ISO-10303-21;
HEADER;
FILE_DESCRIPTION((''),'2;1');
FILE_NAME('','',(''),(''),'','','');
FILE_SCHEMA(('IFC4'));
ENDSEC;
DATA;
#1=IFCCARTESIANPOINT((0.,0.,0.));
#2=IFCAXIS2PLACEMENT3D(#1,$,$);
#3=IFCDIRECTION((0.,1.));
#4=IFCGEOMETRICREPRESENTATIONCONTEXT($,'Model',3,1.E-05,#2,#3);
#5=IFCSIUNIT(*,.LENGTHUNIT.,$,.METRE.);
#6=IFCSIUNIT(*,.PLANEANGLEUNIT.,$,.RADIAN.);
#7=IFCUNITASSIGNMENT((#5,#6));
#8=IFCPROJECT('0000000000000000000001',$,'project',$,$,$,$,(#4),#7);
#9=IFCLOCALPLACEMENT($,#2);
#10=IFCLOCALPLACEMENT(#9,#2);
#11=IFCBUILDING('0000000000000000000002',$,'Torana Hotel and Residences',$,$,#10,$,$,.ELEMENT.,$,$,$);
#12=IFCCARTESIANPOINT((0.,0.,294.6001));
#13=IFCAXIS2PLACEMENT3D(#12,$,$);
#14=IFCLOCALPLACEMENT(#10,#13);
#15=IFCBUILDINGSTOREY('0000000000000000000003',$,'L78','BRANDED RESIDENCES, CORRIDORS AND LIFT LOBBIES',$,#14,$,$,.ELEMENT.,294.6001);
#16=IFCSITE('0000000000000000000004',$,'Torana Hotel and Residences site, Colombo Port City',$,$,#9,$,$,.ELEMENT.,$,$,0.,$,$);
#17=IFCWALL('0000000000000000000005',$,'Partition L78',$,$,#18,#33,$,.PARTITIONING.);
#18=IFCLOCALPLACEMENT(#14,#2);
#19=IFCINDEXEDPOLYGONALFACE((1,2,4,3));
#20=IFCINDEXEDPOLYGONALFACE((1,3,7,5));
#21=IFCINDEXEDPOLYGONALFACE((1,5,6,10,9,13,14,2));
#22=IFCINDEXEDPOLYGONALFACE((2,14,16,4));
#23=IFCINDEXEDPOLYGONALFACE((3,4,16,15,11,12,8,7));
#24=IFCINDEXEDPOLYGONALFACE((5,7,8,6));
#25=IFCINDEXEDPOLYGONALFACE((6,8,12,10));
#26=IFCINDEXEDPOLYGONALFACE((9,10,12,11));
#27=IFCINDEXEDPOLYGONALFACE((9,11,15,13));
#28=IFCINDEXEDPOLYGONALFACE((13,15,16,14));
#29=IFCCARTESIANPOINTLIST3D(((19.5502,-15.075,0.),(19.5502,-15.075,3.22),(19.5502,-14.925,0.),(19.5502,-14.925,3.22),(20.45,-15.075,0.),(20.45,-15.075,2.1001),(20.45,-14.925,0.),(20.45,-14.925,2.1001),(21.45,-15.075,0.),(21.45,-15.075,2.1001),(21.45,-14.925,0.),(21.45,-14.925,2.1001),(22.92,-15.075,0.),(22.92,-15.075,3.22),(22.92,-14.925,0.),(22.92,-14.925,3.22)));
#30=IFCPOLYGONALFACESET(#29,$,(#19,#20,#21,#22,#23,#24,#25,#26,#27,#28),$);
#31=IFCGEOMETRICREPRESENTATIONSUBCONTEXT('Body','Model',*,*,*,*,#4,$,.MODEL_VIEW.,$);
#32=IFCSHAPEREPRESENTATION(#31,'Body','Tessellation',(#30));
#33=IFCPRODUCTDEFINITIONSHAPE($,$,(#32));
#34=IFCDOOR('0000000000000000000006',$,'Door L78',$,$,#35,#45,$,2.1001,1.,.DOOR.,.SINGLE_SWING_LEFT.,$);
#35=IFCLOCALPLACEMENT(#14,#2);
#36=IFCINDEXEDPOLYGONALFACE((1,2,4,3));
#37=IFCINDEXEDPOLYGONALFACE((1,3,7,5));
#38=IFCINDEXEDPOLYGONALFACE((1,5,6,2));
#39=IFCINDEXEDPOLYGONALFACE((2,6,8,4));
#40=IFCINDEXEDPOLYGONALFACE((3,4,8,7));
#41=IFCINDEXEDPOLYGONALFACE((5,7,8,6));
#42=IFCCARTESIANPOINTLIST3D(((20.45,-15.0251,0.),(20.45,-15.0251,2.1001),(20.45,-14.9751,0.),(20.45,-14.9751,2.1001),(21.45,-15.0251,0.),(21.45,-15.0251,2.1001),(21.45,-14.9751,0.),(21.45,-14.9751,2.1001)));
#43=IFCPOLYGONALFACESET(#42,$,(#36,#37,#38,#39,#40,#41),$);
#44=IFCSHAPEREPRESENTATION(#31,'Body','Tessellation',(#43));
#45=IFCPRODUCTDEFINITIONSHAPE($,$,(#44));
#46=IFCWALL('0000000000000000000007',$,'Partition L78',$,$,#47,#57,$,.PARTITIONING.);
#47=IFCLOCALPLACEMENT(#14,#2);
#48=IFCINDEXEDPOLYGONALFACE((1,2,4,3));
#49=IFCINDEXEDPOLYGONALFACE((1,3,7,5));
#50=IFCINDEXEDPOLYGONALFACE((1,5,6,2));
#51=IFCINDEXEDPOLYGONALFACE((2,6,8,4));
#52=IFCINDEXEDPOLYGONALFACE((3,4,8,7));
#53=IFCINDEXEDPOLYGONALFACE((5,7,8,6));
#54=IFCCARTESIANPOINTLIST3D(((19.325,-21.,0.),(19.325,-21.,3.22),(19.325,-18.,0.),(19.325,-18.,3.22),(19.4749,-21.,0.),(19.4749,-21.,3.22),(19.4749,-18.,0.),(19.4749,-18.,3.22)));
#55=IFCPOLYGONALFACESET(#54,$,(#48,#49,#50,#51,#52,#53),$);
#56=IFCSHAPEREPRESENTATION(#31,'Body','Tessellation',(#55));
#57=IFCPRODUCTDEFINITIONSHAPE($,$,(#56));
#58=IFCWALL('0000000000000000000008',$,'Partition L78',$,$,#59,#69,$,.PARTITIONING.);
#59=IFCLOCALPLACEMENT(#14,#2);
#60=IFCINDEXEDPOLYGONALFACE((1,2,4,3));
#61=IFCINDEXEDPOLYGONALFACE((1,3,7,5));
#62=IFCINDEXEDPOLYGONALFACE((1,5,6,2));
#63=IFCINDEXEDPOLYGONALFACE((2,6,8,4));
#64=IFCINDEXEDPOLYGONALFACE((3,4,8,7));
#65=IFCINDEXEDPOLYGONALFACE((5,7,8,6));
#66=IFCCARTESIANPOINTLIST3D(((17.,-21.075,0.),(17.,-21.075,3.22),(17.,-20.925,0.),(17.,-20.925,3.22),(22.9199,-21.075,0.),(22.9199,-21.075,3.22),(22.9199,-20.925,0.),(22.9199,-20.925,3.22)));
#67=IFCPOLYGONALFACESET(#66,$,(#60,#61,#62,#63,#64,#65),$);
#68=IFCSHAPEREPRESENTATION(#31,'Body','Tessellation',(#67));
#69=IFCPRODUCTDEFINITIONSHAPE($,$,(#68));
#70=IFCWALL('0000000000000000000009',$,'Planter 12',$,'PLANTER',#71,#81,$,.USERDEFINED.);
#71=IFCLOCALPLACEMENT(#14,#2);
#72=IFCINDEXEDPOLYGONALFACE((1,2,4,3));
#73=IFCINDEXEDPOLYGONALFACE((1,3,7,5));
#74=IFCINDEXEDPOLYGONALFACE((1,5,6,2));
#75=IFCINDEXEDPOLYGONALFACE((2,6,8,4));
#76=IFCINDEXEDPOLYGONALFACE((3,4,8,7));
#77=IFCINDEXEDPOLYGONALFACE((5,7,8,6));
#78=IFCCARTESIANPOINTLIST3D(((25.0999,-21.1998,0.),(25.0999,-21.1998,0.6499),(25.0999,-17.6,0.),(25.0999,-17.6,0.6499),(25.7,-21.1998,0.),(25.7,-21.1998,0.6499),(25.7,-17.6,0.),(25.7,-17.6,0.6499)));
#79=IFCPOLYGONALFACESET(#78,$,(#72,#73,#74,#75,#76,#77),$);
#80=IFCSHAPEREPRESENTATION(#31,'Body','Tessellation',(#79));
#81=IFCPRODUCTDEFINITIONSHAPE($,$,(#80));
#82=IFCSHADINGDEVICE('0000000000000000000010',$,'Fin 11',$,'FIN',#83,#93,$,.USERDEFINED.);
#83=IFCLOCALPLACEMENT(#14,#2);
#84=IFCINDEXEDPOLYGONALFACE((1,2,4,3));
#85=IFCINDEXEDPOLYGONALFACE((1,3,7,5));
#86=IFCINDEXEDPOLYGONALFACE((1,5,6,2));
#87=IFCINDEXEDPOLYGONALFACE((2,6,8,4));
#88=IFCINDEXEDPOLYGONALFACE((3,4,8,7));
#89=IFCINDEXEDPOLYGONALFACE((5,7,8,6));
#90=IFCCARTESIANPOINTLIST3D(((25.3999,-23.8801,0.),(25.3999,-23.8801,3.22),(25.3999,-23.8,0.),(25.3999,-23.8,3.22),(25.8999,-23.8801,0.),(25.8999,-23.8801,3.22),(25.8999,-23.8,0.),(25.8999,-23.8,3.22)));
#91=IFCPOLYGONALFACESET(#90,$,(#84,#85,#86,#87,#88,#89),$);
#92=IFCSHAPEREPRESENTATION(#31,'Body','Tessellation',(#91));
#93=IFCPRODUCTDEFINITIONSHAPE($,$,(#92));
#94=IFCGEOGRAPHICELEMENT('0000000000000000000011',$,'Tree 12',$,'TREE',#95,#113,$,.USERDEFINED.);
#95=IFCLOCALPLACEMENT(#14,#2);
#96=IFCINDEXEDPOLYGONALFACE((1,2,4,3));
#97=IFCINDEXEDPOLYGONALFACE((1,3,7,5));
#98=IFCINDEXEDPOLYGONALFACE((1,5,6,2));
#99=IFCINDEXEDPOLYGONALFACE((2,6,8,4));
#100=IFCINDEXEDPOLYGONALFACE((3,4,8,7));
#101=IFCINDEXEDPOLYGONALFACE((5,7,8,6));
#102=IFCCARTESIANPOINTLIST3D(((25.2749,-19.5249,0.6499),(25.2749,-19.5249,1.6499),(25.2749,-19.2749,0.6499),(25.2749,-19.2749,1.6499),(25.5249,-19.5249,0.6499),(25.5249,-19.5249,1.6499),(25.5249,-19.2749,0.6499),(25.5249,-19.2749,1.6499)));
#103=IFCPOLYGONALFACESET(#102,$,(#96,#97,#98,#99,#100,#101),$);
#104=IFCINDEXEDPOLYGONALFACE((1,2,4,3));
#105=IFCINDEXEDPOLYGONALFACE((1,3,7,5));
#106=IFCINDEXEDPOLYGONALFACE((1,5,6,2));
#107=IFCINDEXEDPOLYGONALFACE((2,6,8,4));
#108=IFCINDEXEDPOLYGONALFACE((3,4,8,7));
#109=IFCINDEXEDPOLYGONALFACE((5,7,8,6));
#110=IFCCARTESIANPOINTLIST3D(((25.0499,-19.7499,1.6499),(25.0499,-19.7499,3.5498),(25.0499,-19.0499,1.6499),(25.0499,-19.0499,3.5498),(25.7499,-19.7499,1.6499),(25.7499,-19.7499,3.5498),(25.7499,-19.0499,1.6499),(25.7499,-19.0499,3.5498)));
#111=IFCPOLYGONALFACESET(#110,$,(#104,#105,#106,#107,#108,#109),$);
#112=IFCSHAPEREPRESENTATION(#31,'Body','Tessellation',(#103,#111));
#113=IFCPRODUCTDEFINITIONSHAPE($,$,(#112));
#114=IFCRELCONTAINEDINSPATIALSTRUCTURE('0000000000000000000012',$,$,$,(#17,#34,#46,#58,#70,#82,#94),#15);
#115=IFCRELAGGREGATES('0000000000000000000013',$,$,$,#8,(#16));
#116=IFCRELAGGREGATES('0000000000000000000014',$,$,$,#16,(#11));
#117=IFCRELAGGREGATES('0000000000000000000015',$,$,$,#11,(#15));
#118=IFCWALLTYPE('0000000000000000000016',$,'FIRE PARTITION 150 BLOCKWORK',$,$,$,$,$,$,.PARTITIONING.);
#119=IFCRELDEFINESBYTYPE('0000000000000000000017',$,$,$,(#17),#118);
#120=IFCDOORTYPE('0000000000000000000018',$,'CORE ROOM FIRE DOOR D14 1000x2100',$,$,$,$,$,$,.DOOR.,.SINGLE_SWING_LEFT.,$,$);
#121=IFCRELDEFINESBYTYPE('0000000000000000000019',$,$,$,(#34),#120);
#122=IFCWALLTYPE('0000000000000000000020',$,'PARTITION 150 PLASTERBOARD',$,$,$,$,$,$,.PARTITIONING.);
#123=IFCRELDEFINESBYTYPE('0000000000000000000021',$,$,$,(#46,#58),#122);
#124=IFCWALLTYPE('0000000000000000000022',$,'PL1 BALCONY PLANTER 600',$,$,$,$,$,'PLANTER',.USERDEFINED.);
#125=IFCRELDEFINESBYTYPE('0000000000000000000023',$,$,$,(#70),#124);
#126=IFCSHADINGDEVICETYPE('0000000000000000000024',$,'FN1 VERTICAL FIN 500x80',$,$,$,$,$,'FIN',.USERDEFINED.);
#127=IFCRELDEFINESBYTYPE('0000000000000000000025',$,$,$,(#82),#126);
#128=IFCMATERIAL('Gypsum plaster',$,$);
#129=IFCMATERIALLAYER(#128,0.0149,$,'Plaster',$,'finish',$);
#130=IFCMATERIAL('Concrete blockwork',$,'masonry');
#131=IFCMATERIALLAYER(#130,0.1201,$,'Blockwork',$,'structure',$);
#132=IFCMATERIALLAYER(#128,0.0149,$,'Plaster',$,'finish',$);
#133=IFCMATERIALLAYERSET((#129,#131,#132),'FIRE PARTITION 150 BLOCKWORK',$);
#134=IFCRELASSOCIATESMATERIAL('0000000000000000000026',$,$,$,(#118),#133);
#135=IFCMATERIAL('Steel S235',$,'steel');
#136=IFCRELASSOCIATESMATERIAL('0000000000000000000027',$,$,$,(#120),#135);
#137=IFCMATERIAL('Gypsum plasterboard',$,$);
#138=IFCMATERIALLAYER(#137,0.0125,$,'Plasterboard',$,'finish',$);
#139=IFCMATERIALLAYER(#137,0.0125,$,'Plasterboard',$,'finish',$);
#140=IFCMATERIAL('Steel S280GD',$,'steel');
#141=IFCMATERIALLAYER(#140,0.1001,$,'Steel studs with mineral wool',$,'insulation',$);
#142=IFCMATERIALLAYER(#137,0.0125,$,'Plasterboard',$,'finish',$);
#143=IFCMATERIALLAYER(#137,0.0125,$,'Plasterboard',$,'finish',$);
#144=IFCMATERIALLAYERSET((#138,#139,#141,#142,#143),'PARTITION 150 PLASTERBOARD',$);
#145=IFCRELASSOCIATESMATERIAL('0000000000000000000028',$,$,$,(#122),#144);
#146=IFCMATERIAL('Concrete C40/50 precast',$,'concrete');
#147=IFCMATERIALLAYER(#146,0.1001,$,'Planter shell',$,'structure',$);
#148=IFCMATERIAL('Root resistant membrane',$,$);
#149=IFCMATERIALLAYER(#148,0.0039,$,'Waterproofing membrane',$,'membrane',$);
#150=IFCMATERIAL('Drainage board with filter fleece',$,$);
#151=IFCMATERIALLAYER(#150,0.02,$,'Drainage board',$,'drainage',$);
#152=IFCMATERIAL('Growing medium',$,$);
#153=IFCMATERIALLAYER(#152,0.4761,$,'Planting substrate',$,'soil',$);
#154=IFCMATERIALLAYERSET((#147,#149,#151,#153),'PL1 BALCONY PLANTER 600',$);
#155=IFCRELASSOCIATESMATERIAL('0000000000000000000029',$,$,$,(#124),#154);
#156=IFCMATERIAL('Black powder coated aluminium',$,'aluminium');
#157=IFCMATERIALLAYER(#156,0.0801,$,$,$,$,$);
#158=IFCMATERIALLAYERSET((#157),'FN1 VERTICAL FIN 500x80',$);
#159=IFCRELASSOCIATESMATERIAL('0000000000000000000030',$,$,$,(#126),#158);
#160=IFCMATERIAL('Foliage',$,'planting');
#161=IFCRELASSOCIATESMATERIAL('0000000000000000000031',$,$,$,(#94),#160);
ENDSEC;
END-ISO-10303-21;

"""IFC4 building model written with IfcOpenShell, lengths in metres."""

from ifc_helpers import new_model, si_unit, direction, frame, frame_2d, origin, origin_2d, place, context, subcontext, project, spatial, rectangle, extrude, material, layer, layer_set, type_object, element, fill, save


model = new_model("IFC4")

# Units and contexts
model_context = context("Model", 3, precision=1e-05, world=origin(), true_north=direction((0.0, 1.0)))
body_context = subcontext(model_context, "Body", "Model", "MODEL_VIEW")
ifc_project = project(units=[si_unit("LENGTHUNIT", "METRE"), si_unit("PLANEANGLEUNIT", "RADIAN")], contexts=[model_context])

# Site, building, storey
site_placement = place(None, origin())
site = spatial("IfcSite", under=ifc_project, at=site_placement, Name="Torana Hotel and Residences site, Colombo Port City", CompositionType="ELEMENT", RefElevation=0.0)
building_placement = place(site_placement, origin())
building = spatial("IfcBuilding", under=site, at=building_placement, Name="Torana Hotel and Residences", CompositionType="ELEMENT")
storey_placement = place(building_placement, frame((0.0, 0.0, 294.6001)))
storey = spatial("IfcBuildingStorey", under=building, at=storey_placement, Name="L78", Description="BRANDED RESIDENCES, CORRIDORS AND LIFT LOBBIES", CompositionType="ELEMENT", Elevation=294.6001)

# Wall, opening, door
ifc_material_1 = material(Name="Gypsum plaster")
ifc_layer_1 = layer(ifc_material_1, 0.0149, Name="Plaster", Category="finish")
ifc_material_2 = material(Name="Concrete blockwork", Category="masonry")
ifc_layer_2 = layer(ifc_material_2, 0.1201, Name="Blockwork", Category="structure")
ifc_layer_3 = layer(ifc_material_1, 0.0149, Name="Plaster", Category="finish")
ifc_layer_set_1 = layer_set([ifc_layer_1, ifc_layer_2, ifc_layer_3], Name="FIRE PARTITION 150 BLOCKWORK")
wall_type_1 = type_object("IfcWallType", Name="FIRE PARTITION 150 BLOCKWORK", PredefinedType="PARTITIONING", material=ifc_layer_set_1)
wall_1_placement = place(storey_placement, frame((19.55, -15.0, 0.0), z_axis=(0.0, 0.0, 1.0), x_axis=(1.0, 0.0, 0.0)))
wall_1 = element("IfcWall", 1, at=wall_1_placement, inside=storey, type_object=wall_type_1, Name="Partition L78", PredefinedType="PARTITIONING", context=body_context, shape_type="SweptSolid", body=[
    extrude(rectangle(XDim=3.3699, YDim=0.1499, at=frame_2d((1.6851, 0.0))), origin(), (0.0, 0.0, 1.0), 3.22),
])
opening_1_placement = place(wall_1_placement, frame((0.8999, 0.0, 0.0)))
opening_1 = element("IfcOpeningElement", 2, at=opening_1_placement, cuts=wall_1, PredefinedType="OPENING", context=body_context, shape_type="SweptSolid", body=[
    extrude(rectangle(XDim=1.0, YDim=2.1001, at=frame_2d((0.5, 1.05))), frame((0.0, 0.085, 0.0), z_axis=(0.0, -1.0, 0.0), x_axis=(1.0, 0.0, 0.0)), (0.0, 0.0, 1.0), 0.1699),
])
ifc_material_3 = material(Name="Steel S235", Category="steel")
door_type_1 = type_object("IfcDoorType", Name="CORE ROOM FIRE DOOR D14 1000x2100", OperationType="SINGLE_SWING_LEFT", PredefinedType="DOOR", material=ifc_material_3)
door_1_placement = place(opening_1_placement, origin())
door_1 = element("IfcDoor", 3, at=door_1_placement, inside=storey, type_object=door_type_1, Name="Door L78", OperationType="SINGLE_SWING_LEFT", OverallHeight=2.1001, OverallWidth=1.0, PredefinedType="DOOR", context=body_context, shape_type="SweptSolid", body=[
    extrude(rectangle(XDim=1.0, YDim=2.1001, at=frame_2d((0.5, 1.05))), frame((0.0, 0.0249, 0.0), z_axis=(0.0, -1.0, 0.0), x_axis=(1.0, 0.0, 0.0)), (0.0, 0.0, 1.0), 0.05),
])
fill(opening_1, door_1)

# Walls
ifc_material_4 = material(Name="Gypsum plasterboard")
ifc_layer_4 = layer(ifc_material_4, 0.0125, Name="Plasterboard", Category="finish")
ifc_layer_5 = layer(ifc_material_4, 0.0125, Name="Plasterboard", Category="finish")
ifc_material_5 = material(Name="Steel S280GD", Category="steel")
ifc_layer_6 = layer(ifc_material_5, 0.1001, Name="Steel studs with mineral wool", Category="insulation")
ifc_layer_7 = layer(ifc_material_4, 0.0125, Name="Plasterboard", Category="finish")
ifc_layer_8 = layer(ifc_material_4, 0.0125, Name="Plasterboard", Category="finish")
ifc_layer_set_2 = layer_set([ifc_layer_4, ifc_layer_5, ifc_layer_6, ifc_layer_7, ifc_layer_8], Name="PARTITION 150 PLASTERBOARD")
wall_type_2 = type_object("IfcWallType", Name="PARTITION 150 PLASTERBOARD", PredefinedType="PARTITIONING", material=ifc_layer_set_2)
wall_2_placement = place(storey_placement, frame((19.3999, -21.0, 0.0), z_axis=(0.0, 0.0, 1.0), x_axis=(0.0, 1.0, 0.0)))
element("IfcWall", 4, at=wall_2_placement, inside=storey, type_object=wall_type_2, Name="Partition L78", PredefinedType="PARTITIONING", context=body_context, shape_type="SweptSolid", body=[
    extrude(rectangle(XDim=3.0, YDim=0.1499, at=frame_2d((1.5, 0.0))), origin(), (0.0, 0.0, 1.0), 3.22),
])
wall_3_placement = place(storey_placement, frame((17.0, -21.0, 0.0), z_axis=(0.0, 0.0, 1.0), x_axis=(1.0, 0.0, 0.0)))
element("IfcWall", 5, at=wall_3_placement, inside=storey, type_object=wall_type_2, Name="Partition L78", PredefinedType="PARTITIONING", context=body_context, shape_type="SweptSolid", body=[
    extrude(rectangle(XDim=5.9199, YDim=0.1499, at=frame_2d((2.96, 0.0))), origin(), (0.0, 0.0, 1.0), 3.22),
])
ifc_material_6 = material(Name="Concrete C40/50 precast", Category="concrete")
ifc_layer_9 = layer(ifc_material_6, 0.1001, Name="Planter shell", Category="structure")
ifc_material_7 = material(Name="Root resistant membrane")
ifc_layer_10 = layer(ifc_material_7, 0.0039, Name="Waterproofing membrane", Category="membrane")
ifc_material_8 = material(Name="Drainage board with filter fleece")
ifc_layer_11 = layer(ifc_material_8, 0.02, Name="Drainage board", Category="drainage")
ifc_material_9 = material(Name="Growing medium")
ifc_layer_12 = layer(ifc_material_9, 0.4761, Name="Planting substrate", Category="soil")
ifc_layer_set_3 = layer_set([ifc_layer_9, ifc_layer_10, ifc_layer_11, ifc_layer_12], Name="PL1 BALCONY PLANTER 600")
wall_type_3 = type_object("IfcWallType", Name="PL1 BALCONY PLANTER 600", ElementType="PLANTER", PredefinedType="USERDEFINED", material=ifc_layer_set_3)
wall_4_placement = place(storey_placement, frame((25.3999, -17.6001, 0.0), z_axis=(0.0, 0.0, 1.0), x_axis=(0.0, -1.0, 0.0)))
element("IfcWall", 6, at=wall_4_placement, inside=storey, type_object=wall_type_3, Name="Planter 12", ObjectType="PLANTER", PredefinedType="USERDEFINED", context=body_context, shape_type="SweptSolid", body=[
    extrude(rectangle(XDim=3.5999, YDim=0.6001, at=frame_2d((1.7998, 0.0))), origin(), (0.0, 0.0, 1.0), 0.6499),
])

# Shading device
ifc_material_10 = material(Name="Black powder coated aluminium", Category="aluminium")
ifc_layer_13 = layer(ifc_material_10, 0.0801)
ifc_layer_set_4 = layer_set([ifc_layer_13], Name="FN1 VERTICAL FIN 500x80")
shading_device_type = type_object("IfcShadingDeviceType", Name="FN1 VERTICAL FIN 500x80", ElementType="FIN", PredefinedType="USERDEFINED", material=ifc_layer_set_4)
shading_device_placement = place(storey_placement, frame((25.6499, -23.8401, 0.0), z_axis=(0.0, 0.0, 1.0), x_axis=(0.0, -1.0, 0.0)))
element("IfcShadingDevice", 7, at=shading_device_placement, inside=storey, type_object=shading_device_type, Name="Fin 11", ObjectType="FIN", PredefinedType="USERDEFINED", context=body_context, shape_type="SweptSolid", body=[
    extrude(rectangle(XDim=0.0801, YDim=0.5, at=origin_2d()), origin(), (0.0, 0.0, 1.0), 3.22),
])

# Geographic element
ifc_material_11 = material(Name="Foliage", Category="planting")
geographic_element_placement = place(storey_placement, frame((25.3999, -19.3999, 0.6499), z_axis=(0.0, 0.0, 1.0), x_axis=(1.0, 0.0, 0.0)))
element("IfcGeographicElement", 8, at=geographic_element_placement, inside=storey, material=ifc_material_11, Name="Tree 12", ObjectType="TREE", PredefinedType="USERDEFINED", context=body_context, shape_type="SweptSolid", body=[
    extrude(rectangle(XDim=0.25, YDim=0.25, at=origin_2d()), origin(), (0.0, 0.0, 1.0), 1.0),
    extrude(rectangle(XDim=0.7, YDim=0.7, at=origin_2d()), frame((0.0, 0.0, 1.0)), (0.0, 0.0, 1.0), 1.8999),
])

save(model, "model.ifc")
